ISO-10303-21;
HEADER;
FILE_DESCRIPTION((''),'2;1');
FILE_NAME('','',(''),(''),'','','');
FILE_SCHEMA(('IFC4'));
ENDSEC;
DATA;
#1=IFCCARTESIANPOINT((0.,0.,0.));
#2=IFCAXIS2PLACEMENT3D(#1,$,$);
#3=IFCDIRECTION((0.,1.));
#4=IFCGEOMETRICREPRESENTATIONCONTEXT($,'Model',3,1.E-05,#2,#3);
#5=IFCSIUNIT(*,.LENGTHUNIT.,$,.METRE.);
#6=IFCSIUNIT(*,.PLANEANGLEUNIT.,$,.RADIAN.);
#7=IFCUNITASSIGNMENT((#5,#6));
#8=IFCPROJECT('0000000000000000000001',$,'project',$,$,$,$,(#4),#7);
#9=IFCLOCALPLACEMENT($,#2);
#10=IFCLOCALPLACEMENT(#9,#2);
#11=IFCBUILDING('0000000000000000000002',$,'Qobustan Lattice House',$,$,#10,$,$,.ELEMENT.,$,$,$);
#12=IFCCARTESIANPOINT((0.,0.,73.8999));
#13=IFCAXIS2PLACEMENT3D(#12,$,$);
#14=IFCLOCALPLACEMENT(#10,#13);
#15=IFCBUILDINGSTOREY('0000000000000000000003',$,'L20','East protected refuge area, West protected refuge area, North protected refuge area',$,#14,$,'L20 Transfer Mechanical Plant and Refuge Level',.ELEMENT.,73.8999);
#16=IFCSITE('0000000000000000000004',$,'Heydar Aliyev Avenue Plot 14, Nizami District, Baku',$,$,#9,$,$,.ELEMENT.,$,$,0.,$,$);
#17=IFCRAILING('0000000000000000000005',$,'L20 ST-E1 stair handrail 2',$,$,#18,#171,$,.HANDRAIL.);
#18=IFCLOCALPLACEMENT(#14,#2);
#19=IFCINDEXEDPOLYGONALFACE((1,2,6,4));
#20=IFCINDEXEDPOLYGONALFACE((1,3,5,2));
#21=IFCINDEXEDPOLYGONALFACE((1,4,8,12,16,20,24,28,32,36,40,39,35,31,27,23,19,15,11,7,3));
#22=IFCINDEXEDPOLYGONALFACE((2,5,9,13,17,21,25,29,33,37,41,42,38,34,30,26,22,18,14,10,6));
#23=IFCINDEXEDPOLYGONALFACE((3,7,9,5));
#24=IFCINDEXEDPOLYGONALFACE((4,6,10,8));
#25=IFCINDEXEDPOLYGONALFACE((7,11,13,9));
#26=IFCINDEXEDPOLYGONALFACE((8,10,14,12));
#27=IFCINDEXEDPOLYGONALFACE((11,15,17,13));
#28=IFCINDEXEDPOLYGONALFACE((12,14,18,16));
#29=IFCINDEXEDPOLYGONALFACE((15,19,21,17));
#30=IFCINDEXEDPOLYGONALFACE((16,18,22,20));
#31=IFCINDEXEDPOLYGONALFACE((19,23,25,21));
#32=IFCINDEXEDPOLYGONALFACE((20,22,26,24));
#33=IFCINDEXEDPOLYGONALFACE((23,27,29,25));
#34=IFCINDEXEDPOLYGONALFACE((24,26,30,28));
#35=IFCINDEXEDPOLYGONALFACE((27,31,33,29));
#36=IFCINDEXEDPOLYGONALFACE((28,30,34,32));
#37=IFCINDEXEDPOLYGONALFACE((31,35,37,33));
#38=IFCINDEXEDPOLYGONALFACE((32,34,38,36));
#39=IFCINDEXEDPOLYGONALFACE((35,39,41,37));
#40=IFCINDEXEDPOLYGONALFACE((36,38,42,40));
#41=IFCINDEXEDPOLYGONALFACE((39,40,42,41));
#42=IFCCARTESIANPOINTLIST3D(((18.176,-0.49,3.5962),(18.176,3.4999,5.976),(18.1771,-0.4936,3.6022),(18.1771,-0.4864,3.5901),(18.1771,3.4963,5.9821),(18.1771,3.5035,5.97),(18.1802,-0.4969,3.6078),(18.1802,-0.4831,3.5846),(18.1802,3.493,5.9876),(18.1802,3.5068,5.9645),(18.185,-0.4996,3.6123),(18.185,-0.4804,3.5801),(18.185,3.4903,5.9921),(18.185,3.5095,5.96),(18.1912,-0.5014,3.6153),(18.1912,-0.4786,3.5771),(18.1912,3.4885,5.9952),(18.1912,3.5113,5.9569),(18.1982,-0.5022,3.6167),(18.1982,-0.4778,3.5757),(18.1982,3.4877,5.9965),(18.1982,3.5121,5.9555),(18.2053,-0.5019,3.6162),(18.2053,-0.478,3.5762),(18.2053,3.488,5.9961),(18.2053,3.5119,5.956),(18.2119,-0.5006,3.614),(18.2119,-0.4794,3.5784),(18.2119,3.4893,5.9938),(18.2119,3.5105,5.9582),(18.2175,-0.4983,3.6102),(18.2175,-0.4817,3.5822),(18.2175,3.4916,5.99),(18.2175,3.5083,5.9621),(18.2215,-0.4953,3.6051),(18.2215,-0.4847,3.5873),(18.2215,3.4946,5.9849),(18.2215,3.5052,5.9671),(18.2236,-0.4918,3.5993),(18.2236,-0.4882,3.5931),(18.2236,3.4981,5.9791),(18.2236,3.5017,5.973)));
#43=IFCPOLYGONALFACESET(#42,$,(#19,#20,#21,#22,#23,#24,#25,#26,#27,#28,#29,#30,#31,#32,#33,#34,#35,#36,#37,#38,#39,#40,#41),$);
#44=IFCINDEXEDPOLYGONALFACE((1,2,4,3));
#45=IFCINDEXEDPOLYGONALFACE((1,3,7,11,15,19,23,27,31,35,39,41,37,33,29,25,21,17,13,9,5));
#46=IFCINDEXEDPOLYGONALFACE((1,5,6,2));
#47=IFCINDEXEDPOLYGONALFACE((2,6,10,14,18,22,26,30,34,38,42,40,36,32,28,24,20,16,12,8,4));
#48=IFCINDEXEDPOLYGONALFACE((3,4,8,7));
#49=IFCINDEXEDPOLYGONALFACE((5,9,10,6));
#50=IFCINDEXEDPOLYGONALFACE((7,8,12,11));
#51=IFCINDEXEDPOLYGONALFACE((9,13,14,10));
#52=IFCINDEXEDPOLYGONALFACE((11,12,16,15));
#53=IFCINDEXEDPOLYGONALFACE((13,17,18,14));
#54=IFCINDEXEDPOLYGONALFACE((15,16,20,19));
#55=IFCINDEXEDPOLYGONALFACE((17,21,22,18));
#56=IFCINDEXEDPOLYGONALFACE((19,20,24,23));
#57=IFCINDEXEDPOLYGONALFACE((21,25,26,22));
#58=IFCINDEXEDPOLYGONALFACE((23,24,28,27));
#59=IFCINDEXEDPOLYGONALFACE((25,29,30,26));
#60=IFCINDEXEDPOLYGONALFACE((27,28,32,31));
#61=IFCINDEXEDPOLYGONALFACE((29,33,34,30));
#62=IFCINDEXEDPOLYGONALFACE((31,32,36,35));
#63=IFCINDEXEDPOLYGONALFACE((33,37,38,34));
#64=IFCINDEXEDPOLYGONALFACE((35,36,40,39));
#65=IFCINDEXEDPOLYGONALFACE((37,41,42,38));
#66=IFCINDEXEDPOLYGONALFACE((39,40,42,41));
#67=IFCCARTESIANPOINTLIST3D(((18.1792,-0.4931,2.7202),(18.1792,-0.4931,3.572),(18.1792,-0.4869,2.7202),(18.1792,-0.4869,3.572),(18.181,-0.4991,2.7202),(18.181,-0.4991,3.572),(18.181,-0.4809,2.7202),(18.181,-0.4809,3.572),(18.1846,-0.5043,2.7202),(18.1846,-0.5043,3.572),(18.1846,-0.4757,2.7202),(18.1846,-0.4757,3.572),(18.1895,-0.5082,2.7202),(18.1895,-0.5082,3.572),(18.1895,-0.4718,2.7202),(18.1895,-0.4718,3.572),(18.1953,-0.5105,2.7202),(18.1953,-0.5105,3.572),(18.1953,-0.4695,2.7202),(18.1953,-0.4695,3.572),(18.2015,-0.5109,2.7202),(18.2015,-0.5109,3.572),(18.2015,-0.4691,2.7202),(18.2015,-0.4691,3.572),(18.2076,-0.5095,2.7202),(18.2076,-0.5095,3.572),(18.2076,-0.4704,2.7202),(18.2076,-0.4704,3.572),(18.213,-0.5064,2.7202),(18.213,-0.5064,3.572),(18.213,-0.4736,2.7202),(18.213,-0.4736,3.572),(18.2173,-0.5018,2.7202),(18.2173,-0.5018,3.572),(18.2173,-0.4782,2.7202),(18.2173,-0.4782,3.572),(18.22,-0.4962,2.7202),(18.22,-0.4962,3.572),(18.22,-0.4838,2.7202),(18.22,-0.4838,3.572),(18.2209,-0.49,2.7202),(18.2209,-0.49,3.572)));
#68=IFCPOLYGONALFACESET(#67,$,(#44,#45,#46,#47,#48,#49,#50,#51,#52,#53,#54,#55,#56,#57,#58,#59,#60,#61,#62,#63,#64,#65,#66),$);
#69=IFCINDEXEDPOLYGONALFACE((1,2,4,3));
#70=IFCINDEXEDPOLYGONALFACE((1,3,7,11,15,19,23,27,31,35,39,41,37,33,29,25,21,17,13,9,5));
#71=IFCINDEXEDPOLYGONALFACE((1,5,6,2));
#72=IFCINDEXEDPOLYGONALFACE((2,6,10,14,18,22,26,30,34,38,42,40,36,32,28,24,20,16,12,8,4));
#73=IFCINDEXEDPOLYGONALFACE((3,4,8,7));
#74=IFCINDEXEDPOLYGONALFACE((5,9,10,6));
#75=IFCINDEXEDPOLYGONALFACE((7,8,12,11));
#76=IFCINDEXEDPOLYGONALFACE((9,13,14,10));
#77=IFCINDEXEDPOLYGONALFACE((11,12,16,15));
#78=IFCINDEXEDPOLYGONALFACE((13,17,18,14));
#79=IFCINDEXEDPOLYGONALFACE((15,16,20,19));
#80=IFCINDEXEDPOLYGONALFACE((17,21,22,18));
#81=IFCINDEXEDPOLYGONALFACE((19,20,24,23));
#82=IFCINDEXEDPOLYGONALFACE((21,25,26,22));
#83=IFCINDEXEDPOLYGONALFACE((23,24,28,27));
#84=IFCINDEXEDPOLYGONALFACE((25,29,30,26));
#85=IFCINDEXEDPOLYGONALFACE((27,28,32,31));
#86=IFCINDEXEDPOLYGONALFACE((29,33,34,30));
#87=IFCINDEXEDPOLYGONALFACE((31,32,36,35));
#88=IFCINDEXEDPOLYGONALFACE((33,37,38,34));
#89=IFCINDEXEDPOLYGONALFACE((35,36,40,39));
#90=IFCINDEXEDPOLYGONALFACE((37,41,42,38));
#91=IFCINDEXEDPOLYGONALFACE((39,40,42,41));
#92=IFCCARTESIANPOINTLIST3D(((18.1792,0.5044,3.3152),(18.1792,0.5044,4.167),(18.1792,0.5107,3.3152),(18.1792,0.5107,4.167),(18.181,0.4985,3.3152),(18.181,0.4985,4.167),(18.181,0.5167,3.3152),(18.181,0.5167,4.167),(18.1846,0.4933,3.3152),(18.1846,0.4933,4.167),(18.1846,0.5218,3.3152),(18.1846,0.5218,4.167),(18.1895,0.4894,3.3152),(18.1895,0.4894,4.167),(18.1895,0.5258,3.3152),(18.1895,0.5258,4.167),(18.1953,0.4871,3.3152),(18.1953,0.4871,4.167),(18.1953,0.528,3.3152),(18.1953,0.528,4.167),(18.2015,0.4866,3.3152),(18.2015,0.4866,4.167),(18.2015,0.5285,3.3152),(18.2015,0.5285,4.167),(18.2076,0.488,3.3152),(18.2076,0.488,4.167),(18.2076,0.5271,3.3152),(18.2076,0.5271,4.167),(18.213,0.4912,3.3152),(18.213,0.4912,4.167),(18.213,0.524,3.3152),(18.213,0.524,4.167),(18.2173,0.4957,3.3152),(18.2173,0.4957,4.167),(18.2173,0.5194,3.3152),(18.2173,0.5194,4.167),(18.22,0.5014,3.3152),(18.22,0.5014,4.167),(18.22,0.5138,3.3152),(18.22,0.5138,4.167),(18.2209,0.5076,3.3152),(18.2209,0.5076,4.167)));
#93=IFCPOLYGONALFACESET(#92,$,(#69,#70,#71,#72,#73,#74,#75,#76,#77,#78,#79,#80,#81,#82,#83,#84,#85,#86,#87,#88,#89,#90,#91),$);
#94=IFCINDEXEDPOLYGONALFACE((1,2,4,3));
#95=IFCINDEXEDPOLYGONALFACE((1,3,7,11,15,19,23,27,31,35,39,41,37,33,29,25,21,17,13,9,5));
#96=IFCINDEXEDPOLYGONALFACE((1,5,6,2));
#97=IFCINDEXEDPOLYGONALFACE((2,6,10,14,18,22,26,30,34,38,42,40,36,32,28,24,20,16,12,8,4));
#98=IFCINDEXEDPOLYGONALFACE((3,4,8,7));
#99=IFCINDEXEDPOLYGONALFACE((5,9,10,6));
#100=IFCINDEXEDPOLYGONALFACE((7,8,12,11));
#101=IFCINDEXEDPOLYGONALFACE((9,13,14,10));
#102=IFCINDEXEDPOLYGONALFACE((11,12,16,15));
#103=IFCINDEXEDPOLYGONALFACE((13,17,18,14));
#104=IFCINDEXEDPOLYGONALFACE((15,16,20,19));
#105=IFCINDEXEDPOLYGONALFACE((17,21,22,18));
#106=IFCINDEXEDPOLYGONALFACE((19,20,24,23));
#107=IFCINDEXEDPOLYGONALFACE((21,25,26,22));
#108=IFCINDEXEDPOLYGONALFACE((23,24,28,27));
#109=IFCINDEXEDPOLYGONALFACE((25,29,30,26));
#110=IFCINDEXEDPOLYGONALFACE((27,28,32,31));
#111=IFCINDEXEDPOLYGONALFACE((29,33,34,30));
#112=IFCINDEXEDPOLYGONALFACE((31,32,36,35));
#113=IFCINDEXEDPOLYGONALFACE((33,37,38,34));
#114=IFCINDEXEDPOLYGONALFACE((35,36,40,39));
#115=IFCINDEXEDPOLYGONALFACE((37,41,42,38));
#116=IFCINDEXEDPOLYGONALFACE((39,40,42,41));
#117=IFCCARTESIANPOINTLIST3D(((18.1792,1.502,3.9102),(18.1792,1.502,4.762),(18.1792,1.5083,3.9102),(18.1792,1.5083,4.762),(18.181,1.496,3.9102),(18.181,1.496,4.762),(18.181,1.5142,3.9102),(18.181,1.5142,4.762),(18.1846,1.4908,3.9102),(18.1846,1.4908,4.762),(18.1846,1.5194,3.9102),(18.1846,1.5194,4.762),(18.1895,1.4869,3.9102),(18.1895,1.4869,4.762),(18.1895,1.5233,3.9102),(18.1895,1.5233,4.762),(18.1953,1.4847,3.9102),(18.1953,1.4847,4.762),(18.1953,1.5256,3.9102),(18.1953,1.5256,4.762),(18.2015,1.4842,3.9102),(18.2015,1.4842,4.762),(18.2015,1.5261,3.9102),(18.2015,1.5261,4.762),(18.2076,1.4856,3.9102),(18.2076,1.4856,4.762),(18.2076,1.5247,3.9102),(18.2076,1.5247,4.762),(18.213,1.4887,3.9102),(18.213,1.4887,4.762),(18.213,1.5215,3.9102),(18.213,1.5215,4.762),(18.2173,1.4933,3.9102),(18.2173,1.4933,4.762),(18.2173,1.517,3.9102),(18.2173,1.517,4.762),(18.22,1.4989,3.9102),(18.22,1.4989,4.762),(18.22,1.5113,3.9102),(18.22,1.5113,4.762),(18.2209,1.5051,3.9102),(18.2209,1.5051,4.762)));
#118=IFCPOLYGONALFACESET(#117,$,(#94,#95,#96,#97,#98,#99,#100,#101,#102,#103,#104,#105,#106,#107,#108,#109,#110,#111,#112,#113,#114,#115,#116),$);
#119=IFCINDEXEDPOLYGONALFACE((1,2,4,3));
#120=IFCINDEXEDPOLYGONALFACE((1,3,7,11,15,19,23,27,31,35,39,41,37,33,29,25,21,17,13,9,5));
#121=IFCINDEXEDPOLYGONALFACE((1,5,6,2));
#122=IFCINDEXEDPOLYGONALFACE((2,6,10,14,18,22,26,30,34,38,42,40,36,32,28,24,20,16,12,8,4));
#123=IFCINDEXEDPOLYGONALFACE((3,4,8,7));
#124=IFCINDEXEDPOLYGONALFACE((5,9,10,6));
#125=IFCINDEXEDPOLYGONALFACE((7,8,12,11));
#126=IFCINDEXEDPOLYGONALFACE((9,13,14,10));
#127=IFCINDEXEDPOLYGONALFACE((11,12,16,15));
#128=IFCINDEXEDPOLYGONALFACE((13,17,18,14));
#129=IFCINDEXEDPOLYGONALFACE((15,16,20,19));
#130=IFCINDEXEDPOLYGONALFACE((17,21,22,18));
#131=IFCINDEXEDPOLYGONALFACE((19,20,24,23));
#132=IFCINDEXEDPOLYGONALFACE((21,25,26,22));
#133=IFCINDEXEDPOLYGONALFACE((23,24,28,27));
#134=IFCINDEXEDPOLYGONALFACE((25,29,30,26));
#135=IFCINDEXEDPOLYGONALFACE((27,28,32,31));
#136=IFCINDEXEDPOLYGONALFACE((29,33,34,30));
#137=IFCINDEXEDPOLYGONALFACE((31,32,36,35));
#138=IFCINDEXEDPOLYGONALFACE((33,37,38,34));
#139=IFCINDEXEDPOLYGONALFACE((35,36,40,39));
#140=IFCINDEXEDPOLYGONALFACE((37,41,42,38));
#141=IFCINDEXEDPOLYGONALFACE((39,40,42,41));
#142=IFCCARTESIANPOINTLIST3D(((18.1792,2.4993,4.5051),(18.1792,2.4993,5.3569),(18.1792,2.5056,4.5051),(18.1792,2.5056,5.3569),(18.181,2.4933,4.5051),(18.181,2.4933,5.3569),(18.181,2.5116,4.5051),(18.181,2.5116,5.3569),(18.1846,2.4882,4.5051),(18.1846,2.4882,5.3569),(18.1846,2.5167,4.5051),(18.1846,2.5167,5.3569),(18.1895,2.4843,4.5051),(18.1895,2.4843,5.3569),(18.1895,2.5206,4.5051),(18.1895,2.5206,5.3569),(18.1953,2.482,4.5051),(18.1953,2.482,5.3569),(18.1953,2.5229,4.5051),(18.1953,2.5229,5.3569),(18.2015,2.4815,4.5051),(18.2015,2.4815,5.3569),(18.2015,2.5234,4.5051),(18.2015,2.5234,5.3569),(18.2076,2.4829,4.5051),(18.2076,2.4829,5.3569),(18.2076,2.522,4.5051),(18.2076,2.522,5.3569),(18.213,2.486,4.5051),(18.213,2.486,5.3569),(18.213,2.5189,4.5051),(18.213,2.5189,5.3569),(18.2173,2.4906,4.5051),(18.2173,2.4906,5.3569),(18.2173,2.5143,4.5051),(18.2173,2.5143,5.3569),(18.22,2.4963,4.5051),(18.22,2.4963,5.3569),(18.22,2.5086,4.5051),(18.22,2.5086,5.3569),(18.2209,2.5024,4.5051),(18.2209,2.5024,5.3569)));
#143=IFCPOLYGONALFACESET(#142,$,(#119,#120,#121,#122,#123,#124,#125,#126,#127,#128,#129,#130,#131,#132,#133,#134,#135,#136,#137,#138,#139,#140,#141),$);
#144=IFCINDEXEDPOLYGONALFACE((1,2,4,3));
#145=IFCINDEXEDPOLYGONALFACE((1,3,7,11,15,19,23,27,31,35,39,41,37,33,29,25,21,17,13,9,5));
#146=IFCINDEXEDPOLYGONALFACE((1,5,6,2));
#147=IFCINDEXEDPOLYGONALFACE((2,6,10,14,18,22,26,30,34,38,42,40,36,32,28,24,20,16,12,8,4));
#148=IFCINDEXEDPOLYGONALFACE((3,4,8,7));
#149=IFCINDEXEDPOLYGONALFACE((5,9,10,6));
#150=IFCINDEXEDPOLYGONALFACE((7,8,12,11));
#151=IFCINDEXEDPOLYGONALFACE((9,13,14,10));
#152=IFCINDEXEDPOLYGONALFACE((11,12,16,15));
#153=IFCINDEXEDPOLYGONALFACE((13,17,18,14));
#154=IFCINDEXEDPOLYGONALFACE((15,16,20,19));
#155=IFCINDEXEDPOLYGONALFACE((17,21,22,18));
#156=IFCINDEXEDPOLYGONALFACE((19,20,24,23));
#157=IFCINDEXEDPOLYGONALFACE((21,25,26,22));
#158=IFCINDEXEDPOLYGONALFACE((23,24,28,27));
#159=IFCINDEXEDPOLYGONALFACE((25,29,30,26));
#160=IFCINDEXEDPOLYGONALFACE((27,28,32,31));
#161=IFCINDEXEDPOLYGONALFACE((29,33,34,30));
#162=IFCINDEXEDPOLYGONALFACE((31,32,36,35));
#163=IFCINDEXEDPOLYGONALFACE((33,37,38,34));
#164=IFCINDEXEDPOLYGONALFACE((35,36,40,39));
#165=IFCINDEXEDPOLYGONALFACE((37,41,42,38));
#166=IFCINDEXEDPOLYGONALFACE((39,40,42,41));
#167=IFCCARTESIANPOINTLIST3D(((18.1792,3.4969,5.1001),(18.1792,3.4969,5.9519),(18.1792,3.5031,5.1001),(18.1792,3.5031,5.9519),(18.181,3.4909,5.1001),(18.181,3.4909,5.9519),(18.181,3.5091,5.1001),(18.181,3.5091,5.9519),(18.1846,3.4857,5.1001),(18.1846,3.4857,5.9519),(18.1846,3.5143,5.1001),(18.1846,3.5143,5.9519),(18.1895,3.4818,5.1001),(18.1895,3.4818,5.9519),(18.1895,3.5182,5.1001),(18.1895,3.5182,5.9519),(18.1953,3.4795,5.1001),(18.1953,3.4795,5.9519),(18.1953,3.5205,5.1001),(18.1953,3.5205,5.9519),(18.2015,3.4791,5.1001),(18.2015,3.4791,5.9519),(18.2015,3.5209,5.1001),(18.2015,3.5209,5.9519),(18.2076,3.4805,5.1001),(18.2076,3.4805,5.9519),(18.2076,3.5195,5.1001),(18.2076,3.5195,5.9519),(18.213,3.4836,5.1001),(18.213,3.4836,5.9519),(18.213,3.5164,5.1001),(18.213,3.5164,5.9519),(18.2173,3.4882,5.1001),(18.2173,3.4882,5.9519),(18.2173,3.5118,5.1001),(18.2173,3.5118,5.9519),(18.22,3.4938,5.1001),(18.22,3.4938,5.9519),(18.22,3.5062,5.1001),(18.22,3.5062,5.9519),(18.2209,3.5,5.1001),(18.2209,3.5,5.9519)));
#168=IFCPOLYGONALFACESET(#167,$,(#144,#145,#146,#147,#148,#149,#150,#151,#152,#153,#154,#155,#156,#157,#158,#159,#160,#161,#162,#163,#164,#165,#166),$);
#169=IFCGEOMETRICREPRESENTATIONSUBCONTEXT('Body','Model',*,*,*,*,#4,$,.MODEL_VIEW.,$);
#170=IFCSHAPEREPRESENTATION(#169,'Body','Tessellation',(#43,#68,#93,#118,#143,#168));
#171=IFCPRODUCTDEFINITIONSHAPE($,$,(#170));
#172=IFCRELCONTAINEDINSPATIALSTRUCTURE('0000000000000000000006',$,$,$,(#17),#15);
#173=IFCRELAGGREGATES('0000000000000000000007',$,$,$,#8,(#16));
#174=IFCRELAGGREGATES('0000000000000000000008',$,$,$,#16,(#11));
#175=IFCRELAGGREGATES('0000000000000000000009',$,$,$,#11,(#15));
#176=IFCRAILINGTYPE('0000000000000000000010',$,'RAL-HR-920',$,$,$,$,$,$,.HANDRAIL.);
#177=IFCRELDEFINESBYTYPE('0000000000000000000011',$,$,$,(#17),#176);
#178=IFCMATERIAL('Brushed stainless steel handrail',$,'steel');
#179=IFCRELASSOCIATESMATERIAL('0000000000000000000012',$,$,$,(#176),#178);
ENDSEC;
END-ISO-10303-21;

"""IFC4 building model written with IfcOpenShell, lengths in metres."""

from ifc_helpers import new_model, si_unit, direction, frame, origin, origin_2d, place, context, subcontext, project, spatial, circle, extrude, material, type_object, element, save


model = new_model("IFC4")

# Units and contexts
model_context = context("Model", 3, precision=1e-05, world=origin(), true_north=direction((0.0, 1.0)))
body_context = subcontext(model_context, "Body", "Model", "MODEL_VIEW")
ifc_project = project(units=[si_unit("LENGTHUNIT", "METRE"), si_unit("PLANEANGLEUNIT", "RADIAN")], contexts=[model_context])

# Site, building, storey
site_placement = place(None, origin())
site = spatial("IfcSite", under=ifc_project, at=site_placement, Name="Heydar Aliyev Avenue Plot 14, Nizami District, Baku", CompositionType="ELEMENT", RefElevation=0.0)
building_placement = place(site_placement, origin())
building = spatial("IfcBuilding", under=site, at=building_placement, Name="Qobustan Lattice House", CompositionType="ELEMENT")
storey_placement = place(building_placement, frame((0.0, 0.0, 73.8999)))
storey = spatial("IfcBuildingStorey", under=building, at=storey_placement, Name="L20", Description="East protected refuge area, West protected refuge area, North protected refuge area", LongName="L20 Transfer Mechanical Plant and Refuge Level", CompositionType="ELEMENT", Elevation=73.8999)

# Railing
ifc_material_1 = material(Name="Brushed stainless steel handrail", Category="steel")
railing_type_1 = type_object("IfcRailingType", Name="RAL-HR-920", PredefinedType="HANDRAIL", material=ifc_material_1)
railing_1_placement = place(storey_placement, frame((18.2, -0.49, 2.7202)))
element("IfcRailing", 1, at=railing_1_placement, inside=storey, type_object=railing_type_1, Name="L20 ST-E1 stair handrail 2", PredefinedType="HANDRAIL", context=body_context, shape_type="SweptSolid", body=[
    extrude(circle(Radius=0.0239, at=origin_2d()), frame((0.0, 0.0, 0.876), z_axis=(0.0, 0.85883, 0.512261), x_axis=(-1.0, 0.0, 0.0)), (0.0, 0.0, 1.0), 4.6458),
    extrude(circle(Radius=0.021, at=origin_2d()), origin(), (0.0, 0.0, 1.0), 0.8518),
    extrude(circle(Radius=0.021, at=origin_2d()), frame((0.0, 0.9976, 0.595)), (0.0, 0.0, 1.0), 0.8518),
    extrude(circle(Radius=0.021, at=origin_2d()), frame((0.0, 1.9951, 1.1899)), (0.0, 0.0, 1.0), 0.8518),
    extrude(circle(Radius=0.021, at=origin_2d()), frame((0.0, 2.9924, 1.7849)), (0.0, 0.0, 1.0), 0.8518),
    extrude(circle(Radius=0.021, at=origin_2d()), frame((0.0, 3.99, 2.3799)), (0.0, 0.0, 1.0), 0.8518),
])

save(model, "model.ifc")
